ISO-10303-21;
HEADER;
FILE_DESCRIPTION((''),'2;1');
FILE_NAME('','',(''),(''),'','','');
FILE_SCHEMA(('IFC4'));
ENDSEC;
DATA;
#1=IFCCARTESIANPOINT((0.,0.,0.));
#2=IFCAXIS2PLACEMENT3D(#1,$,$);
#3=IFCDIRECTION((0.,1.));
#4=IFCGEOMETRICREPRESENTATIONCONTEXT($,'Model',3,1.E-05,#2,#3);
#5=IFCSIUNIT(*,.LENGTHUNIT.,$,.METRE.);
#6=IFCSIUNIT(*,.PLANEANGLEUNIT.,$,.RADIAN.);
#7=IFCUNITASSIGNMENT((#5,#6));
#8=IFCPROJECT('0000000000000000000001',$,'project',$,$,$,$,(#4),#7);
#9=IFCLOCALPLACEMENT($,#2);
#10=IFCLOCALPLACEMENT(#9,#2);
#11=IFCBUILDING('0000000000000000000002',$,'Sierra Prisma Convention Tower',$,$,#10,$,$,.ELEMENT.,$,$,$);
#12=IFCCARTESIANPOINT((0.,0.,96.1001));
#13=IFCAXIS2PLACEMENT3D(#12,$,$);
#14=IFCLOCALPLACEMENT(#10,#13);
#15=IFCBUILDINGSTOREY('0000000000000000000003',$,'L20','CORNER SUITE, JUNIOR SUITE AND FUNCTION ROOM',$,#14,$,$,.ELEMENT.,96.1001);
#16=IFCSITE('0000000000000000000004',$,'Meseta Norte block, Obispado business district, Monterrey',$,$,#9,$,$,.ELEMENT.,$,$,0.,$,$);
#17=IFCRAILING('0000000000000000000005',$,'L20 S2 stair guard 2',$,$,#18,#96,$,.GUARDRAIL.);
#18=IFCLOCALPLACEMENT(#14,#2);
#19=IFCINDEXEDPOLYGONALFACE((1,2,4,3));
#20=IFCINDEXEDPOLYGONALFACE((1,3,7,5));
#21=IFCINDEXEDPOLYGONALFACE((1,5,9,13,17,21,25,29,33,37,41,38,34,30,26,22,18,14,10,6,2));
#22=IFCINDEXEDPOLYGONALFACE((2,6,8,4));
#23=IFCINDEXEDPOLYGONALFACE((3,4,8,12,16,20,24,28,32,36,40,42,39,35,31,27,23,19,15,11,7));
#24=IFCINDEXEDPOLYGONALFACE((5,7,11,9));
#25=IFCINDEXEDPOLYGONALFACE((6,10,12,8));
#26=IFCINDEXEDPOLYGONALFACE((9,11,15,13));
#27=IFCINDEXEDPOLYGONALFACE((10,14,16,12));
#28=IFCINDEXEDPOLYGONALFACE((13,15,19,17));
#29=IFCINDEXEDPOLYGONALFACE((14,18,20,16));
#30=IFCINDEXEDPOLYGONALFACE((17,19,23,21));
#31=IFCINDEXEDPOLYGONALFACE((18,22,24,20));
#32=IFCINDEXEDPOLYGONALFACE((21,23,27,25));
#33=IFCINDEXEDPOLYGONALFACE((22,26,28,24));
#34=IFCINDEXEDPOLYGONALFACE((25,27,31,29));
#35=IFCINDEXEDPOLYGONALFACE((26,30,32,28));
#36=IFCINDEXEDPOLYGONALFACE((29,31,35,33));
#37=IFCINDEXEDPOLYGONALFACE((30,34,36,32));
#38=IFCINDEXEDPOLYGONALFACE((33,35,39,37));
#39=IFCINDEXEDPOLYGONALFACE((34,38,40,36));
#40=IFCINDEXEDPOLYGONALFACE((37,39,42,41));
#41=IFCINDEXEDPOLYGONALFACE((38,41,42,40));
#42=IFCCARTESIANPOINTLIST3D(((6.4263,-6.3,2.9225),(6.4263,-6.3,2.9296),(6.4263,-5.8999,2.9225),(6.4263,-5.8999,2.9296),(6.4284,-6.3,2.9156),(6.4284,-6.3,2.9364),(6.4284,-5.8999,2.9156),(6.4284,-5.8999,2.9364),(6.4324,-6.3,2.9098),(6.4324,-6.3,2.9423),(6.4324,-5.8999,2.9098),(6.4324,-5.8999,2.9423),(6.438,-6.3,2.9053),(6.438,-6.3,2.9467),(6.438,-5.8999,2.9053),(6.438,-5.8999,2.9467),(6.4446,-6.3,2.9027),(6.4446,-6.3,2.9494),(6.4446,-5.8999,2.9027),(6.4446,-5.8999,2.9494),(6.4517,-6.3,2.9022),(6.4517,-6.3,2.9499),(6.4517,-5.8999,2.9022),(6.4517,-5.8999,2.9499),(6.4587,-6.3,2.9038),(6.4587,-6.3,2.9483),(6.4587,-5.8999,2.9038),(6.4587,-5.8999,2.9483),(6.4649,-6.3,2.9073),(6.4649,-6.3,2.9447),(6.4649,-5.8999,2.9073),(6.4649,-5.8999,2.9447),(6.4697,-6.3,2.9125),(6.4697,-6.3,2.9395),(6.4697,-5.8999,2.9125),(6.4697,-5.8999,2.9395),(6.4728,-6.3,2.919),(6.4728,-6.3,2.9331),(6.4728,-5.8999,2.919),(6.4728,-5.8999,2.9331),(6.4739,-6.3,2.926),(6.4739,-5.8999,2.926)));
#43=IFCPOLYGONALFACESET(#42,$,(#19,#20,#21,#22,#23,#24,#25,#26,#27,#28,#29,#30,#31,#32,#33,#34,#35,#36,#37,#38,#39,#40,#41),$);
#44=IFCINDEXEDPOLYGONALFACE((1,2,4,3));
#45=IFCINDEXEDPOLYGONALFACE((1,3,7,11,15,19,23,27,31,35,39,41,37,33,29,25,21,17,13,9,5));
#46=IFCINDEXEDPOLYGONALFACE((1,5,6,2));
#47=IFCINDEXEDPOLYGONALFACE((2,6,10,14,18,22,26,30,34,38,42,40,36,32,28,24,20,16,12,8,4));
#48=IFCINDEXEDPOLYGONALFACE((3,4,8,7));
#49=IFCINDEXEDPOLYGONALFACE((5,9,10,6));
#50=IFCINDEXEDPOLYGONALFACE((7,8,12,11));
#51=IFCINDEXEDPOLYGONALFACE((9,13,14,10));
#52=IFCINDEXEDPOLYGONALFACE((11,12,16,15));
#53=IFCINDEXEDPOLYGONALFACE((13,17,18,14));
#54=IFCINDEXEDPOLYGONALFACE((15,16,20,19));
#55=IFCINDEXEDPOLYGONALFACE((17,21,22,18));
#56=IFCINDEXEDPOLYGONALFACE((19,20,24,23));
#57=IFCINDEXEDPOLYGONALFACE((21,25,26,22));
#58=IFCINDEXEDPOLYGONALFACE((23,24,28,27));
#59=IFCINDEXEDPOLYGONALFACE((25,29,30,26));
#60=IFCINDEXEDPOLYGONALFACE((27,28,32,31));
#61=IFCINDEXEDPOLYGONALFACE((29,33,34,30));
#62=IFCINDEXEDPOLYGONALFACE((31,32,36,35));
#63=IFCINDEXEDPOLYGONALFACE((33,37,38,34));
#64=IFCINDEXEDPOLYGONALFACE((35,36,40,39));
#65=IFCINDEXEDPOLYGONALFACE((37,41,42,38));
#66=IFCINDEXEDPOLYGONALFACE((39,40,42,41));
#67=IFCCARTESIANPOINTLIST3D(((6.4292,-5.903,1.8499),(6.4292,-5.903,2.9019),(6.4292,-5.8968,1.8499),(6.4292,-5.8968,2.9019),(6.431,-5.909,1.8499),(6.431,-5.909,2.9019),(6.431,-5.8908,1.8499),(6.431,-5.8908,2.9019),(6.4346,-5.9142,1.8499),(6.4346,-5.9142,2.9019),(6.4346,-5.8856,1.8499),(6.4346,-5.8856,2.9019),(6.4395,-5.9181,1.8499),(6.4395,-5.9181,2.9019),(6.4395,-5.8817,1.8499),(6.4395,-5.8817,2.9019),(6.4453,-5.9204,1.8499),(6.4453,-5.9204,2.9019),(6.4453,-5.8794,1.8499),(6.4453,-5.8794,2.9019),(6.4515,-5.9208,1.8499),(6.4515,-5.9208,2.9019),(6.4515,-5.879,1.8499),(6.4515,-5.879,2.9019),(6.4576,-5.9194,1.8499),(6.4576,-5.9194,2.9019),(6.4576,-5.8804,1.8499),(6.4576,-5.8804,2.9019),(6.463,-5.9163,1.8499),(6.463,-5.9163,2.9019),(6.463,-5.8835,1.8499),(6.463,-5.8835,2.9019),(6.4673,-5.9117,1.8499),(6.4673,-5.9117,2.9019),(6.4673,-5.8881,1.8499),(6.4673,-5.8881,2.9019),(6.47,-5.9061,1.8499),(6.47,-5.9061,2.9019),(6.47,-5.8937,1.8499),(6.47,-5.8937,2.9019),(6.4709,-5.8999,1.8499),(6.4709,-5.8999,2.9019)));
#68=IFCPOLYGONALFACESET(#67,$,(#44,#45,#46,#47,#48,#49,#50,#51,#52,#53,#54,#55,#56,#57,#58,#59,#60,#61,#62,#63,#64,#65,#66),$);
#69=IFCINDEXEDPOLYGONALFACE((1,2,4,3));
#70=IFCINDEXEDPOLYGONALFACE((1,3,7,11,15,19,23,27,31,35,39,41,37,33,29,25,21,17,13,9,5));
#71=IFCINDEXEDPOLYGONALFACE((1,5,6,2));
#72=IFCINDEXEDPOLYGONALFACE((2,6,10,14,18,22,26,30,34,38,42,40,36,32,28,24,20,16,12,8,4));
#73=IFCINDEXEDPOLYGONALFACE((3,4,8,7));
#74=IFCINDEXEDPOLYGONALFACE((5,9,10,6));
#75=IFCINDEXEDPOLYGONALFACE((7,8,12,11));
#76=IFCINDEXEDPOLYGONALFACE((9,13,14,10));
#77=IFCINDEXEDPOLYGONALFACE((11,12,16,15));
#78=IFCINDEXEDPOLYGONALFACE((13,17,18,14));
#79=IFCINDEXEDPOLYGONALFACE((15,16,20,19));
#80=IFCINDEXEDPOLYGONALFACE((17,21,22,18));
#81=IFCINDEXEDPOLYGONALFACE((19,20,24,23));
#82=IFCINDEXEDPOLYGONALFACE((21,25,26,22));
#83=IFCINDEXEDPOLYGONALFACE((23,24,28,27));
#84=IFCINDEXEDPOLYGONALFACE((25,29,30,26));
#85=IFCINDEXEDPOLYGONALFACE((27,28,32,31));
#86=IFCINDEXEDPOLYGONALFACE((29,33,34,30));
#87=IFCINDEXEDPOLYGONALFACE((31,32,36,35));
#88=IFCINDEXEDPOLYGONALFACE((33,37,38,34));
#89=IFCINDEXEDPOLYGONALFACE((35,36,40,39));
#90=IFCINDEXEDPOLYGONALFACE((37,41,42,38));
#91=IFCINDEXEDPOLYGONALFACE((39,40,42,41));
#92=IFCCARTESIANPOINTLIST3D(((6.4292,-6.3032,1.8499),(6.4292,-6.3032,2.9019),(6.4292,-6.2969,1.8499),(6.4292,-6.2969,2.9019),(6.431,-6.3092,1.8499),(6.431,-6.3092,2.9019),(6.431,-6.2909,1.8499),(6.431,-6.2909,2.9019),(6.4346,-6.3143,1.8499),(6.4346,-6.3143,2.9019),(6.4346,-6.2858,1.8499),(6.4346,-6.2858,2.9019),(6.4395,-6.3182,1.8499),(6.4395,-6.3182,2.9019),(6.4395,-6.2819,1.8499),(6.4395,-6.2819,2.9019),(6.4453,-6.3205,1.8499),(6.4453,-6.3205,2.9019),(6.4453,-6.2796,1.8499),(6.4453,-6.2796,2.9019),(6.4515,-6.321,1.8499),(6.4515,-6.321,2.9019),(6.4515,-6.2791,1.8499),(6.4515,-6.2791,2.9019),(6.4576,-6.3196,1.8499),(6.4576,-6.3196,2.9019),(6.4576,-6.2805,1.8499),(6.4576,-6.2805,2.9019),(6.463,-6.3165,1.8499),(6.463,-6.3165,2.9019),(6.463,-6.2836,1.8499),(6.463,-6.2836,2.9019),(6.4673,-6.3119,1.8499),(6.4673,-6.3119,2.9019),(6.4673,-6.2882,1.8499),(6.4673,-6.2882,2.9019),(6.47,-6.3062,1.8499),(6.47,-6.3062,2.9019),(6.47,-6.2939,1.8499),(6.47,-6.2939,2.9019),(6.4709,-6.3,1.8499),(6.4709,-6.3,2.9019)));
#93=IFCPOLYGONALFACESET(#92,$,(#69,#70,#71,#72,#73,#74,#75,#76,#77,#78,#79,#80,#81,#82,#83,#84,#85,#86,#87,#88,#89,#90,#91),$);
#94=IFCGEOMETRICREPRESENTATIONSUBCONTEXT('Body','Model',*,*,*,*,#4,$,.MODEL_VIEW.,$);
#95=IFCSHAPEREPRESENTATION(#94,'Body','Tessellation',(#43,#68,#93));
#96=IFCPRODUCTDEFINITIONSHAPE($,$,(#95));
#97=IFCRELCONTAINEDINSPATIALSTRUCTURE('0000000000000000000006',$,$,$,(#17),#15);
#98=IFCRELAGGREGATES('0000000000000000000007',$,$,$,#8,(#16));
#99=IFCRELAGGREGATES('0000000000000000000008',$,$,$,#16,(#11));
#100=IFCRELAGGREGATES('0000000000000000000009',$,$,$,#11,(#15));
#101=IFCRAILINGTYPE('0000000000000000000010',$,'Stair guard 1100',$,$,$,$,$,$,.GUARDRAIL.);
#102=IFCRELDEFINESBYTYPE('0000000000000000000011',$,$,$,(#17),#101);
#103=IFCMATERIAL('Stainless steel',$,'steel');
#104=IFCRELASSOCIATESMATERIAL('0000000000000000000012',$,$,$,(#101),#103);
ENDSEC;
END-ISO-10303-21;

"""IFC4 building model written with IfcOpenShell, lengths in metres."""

from ifc_helpers import new_model, si_unit, direction, frame, origin, origin_2d, place, context, subcontext, project, spatial, circle, extrude, material, type_object, element, save


model = new_model("IFC4")

# Units and contexts
model_context = context("Model", 3, precision=1e-05, world=origin(), true_north=direction((0.0, 1.0)))
body_context = subcontext(model_context, "Body", "Model", "MODEL_VIEW")
ifc_project = project(units=[si_unit("LENGTHUNIT", "METRE"), si_unit("PLANEANGLEUNIT", "RADIAN")], contexts=[model_context])

# Site, building, storey
site_placement = place(None, origin())
site = spatial("IfcSite", under=ifc_project, at=site_placement, Name="Meseta Norte block, Obispado business district, Monterrey", CompositionType="ELEMENT", RefElevation=0.0)
building_placement = place(site_placement, origin())
building = spatial("IfcBuilding", under=site, at=building_placement, Name="Sierra Prisma Convention Tower", CompositionType="ELEMENT")
storey_placement = place(building_placement, frame((0.0, 0.0, 96.1001)))
storey = spatial("IfcBuildingStorey", under=building, at=storey_placement, Name="L20", Description="CORNER SUITE, JUNIOR SUITE AND FUNCTION ROOM", CompositionType="ELEMENT", Elevation=96.1001)

# Railing
ifc_material_1 = material(Name="Stainless steel", Category="steel")
railing_type_1 = type_object("IfcRailingType", Name="Stair guard 1100", PredefinedType="GUARDRAIL", material=ifc_material_1)
railing_1_placement = place(storey_placement, frame((6.45, -5.8999, 1.8499)))
element("IfcRailing", 1, at=railing_1_placement, inside=storey, type_object=railing_type_1, Name="L20 S2 stair guard 2", PredefinedType="GUARDRAIL", context=body_context, shape_type="SweptSolid", body=[
    extrude(circle(Radius=0.0239, at=origin_2d()), frame((0.0, 0.0, 1.0762), z_axis=(0.0, -1.0, 0.0), x_axis=(1.0, 0.0, 0.0)), (0.0, 0.0, 1.0), 0.4001),
    extrude(circle(Radius=0.021, at=origin_2d()), origin(), (0.0, 0.0, 1.0), 1.052),
    extrude(circle(Radius=0.021, at=origin_2d()), frame((0.0, -0.4001, 0.0)), (0.0, 0.0, 1.0), 1.052),
])

save(model, "model.ifc")
